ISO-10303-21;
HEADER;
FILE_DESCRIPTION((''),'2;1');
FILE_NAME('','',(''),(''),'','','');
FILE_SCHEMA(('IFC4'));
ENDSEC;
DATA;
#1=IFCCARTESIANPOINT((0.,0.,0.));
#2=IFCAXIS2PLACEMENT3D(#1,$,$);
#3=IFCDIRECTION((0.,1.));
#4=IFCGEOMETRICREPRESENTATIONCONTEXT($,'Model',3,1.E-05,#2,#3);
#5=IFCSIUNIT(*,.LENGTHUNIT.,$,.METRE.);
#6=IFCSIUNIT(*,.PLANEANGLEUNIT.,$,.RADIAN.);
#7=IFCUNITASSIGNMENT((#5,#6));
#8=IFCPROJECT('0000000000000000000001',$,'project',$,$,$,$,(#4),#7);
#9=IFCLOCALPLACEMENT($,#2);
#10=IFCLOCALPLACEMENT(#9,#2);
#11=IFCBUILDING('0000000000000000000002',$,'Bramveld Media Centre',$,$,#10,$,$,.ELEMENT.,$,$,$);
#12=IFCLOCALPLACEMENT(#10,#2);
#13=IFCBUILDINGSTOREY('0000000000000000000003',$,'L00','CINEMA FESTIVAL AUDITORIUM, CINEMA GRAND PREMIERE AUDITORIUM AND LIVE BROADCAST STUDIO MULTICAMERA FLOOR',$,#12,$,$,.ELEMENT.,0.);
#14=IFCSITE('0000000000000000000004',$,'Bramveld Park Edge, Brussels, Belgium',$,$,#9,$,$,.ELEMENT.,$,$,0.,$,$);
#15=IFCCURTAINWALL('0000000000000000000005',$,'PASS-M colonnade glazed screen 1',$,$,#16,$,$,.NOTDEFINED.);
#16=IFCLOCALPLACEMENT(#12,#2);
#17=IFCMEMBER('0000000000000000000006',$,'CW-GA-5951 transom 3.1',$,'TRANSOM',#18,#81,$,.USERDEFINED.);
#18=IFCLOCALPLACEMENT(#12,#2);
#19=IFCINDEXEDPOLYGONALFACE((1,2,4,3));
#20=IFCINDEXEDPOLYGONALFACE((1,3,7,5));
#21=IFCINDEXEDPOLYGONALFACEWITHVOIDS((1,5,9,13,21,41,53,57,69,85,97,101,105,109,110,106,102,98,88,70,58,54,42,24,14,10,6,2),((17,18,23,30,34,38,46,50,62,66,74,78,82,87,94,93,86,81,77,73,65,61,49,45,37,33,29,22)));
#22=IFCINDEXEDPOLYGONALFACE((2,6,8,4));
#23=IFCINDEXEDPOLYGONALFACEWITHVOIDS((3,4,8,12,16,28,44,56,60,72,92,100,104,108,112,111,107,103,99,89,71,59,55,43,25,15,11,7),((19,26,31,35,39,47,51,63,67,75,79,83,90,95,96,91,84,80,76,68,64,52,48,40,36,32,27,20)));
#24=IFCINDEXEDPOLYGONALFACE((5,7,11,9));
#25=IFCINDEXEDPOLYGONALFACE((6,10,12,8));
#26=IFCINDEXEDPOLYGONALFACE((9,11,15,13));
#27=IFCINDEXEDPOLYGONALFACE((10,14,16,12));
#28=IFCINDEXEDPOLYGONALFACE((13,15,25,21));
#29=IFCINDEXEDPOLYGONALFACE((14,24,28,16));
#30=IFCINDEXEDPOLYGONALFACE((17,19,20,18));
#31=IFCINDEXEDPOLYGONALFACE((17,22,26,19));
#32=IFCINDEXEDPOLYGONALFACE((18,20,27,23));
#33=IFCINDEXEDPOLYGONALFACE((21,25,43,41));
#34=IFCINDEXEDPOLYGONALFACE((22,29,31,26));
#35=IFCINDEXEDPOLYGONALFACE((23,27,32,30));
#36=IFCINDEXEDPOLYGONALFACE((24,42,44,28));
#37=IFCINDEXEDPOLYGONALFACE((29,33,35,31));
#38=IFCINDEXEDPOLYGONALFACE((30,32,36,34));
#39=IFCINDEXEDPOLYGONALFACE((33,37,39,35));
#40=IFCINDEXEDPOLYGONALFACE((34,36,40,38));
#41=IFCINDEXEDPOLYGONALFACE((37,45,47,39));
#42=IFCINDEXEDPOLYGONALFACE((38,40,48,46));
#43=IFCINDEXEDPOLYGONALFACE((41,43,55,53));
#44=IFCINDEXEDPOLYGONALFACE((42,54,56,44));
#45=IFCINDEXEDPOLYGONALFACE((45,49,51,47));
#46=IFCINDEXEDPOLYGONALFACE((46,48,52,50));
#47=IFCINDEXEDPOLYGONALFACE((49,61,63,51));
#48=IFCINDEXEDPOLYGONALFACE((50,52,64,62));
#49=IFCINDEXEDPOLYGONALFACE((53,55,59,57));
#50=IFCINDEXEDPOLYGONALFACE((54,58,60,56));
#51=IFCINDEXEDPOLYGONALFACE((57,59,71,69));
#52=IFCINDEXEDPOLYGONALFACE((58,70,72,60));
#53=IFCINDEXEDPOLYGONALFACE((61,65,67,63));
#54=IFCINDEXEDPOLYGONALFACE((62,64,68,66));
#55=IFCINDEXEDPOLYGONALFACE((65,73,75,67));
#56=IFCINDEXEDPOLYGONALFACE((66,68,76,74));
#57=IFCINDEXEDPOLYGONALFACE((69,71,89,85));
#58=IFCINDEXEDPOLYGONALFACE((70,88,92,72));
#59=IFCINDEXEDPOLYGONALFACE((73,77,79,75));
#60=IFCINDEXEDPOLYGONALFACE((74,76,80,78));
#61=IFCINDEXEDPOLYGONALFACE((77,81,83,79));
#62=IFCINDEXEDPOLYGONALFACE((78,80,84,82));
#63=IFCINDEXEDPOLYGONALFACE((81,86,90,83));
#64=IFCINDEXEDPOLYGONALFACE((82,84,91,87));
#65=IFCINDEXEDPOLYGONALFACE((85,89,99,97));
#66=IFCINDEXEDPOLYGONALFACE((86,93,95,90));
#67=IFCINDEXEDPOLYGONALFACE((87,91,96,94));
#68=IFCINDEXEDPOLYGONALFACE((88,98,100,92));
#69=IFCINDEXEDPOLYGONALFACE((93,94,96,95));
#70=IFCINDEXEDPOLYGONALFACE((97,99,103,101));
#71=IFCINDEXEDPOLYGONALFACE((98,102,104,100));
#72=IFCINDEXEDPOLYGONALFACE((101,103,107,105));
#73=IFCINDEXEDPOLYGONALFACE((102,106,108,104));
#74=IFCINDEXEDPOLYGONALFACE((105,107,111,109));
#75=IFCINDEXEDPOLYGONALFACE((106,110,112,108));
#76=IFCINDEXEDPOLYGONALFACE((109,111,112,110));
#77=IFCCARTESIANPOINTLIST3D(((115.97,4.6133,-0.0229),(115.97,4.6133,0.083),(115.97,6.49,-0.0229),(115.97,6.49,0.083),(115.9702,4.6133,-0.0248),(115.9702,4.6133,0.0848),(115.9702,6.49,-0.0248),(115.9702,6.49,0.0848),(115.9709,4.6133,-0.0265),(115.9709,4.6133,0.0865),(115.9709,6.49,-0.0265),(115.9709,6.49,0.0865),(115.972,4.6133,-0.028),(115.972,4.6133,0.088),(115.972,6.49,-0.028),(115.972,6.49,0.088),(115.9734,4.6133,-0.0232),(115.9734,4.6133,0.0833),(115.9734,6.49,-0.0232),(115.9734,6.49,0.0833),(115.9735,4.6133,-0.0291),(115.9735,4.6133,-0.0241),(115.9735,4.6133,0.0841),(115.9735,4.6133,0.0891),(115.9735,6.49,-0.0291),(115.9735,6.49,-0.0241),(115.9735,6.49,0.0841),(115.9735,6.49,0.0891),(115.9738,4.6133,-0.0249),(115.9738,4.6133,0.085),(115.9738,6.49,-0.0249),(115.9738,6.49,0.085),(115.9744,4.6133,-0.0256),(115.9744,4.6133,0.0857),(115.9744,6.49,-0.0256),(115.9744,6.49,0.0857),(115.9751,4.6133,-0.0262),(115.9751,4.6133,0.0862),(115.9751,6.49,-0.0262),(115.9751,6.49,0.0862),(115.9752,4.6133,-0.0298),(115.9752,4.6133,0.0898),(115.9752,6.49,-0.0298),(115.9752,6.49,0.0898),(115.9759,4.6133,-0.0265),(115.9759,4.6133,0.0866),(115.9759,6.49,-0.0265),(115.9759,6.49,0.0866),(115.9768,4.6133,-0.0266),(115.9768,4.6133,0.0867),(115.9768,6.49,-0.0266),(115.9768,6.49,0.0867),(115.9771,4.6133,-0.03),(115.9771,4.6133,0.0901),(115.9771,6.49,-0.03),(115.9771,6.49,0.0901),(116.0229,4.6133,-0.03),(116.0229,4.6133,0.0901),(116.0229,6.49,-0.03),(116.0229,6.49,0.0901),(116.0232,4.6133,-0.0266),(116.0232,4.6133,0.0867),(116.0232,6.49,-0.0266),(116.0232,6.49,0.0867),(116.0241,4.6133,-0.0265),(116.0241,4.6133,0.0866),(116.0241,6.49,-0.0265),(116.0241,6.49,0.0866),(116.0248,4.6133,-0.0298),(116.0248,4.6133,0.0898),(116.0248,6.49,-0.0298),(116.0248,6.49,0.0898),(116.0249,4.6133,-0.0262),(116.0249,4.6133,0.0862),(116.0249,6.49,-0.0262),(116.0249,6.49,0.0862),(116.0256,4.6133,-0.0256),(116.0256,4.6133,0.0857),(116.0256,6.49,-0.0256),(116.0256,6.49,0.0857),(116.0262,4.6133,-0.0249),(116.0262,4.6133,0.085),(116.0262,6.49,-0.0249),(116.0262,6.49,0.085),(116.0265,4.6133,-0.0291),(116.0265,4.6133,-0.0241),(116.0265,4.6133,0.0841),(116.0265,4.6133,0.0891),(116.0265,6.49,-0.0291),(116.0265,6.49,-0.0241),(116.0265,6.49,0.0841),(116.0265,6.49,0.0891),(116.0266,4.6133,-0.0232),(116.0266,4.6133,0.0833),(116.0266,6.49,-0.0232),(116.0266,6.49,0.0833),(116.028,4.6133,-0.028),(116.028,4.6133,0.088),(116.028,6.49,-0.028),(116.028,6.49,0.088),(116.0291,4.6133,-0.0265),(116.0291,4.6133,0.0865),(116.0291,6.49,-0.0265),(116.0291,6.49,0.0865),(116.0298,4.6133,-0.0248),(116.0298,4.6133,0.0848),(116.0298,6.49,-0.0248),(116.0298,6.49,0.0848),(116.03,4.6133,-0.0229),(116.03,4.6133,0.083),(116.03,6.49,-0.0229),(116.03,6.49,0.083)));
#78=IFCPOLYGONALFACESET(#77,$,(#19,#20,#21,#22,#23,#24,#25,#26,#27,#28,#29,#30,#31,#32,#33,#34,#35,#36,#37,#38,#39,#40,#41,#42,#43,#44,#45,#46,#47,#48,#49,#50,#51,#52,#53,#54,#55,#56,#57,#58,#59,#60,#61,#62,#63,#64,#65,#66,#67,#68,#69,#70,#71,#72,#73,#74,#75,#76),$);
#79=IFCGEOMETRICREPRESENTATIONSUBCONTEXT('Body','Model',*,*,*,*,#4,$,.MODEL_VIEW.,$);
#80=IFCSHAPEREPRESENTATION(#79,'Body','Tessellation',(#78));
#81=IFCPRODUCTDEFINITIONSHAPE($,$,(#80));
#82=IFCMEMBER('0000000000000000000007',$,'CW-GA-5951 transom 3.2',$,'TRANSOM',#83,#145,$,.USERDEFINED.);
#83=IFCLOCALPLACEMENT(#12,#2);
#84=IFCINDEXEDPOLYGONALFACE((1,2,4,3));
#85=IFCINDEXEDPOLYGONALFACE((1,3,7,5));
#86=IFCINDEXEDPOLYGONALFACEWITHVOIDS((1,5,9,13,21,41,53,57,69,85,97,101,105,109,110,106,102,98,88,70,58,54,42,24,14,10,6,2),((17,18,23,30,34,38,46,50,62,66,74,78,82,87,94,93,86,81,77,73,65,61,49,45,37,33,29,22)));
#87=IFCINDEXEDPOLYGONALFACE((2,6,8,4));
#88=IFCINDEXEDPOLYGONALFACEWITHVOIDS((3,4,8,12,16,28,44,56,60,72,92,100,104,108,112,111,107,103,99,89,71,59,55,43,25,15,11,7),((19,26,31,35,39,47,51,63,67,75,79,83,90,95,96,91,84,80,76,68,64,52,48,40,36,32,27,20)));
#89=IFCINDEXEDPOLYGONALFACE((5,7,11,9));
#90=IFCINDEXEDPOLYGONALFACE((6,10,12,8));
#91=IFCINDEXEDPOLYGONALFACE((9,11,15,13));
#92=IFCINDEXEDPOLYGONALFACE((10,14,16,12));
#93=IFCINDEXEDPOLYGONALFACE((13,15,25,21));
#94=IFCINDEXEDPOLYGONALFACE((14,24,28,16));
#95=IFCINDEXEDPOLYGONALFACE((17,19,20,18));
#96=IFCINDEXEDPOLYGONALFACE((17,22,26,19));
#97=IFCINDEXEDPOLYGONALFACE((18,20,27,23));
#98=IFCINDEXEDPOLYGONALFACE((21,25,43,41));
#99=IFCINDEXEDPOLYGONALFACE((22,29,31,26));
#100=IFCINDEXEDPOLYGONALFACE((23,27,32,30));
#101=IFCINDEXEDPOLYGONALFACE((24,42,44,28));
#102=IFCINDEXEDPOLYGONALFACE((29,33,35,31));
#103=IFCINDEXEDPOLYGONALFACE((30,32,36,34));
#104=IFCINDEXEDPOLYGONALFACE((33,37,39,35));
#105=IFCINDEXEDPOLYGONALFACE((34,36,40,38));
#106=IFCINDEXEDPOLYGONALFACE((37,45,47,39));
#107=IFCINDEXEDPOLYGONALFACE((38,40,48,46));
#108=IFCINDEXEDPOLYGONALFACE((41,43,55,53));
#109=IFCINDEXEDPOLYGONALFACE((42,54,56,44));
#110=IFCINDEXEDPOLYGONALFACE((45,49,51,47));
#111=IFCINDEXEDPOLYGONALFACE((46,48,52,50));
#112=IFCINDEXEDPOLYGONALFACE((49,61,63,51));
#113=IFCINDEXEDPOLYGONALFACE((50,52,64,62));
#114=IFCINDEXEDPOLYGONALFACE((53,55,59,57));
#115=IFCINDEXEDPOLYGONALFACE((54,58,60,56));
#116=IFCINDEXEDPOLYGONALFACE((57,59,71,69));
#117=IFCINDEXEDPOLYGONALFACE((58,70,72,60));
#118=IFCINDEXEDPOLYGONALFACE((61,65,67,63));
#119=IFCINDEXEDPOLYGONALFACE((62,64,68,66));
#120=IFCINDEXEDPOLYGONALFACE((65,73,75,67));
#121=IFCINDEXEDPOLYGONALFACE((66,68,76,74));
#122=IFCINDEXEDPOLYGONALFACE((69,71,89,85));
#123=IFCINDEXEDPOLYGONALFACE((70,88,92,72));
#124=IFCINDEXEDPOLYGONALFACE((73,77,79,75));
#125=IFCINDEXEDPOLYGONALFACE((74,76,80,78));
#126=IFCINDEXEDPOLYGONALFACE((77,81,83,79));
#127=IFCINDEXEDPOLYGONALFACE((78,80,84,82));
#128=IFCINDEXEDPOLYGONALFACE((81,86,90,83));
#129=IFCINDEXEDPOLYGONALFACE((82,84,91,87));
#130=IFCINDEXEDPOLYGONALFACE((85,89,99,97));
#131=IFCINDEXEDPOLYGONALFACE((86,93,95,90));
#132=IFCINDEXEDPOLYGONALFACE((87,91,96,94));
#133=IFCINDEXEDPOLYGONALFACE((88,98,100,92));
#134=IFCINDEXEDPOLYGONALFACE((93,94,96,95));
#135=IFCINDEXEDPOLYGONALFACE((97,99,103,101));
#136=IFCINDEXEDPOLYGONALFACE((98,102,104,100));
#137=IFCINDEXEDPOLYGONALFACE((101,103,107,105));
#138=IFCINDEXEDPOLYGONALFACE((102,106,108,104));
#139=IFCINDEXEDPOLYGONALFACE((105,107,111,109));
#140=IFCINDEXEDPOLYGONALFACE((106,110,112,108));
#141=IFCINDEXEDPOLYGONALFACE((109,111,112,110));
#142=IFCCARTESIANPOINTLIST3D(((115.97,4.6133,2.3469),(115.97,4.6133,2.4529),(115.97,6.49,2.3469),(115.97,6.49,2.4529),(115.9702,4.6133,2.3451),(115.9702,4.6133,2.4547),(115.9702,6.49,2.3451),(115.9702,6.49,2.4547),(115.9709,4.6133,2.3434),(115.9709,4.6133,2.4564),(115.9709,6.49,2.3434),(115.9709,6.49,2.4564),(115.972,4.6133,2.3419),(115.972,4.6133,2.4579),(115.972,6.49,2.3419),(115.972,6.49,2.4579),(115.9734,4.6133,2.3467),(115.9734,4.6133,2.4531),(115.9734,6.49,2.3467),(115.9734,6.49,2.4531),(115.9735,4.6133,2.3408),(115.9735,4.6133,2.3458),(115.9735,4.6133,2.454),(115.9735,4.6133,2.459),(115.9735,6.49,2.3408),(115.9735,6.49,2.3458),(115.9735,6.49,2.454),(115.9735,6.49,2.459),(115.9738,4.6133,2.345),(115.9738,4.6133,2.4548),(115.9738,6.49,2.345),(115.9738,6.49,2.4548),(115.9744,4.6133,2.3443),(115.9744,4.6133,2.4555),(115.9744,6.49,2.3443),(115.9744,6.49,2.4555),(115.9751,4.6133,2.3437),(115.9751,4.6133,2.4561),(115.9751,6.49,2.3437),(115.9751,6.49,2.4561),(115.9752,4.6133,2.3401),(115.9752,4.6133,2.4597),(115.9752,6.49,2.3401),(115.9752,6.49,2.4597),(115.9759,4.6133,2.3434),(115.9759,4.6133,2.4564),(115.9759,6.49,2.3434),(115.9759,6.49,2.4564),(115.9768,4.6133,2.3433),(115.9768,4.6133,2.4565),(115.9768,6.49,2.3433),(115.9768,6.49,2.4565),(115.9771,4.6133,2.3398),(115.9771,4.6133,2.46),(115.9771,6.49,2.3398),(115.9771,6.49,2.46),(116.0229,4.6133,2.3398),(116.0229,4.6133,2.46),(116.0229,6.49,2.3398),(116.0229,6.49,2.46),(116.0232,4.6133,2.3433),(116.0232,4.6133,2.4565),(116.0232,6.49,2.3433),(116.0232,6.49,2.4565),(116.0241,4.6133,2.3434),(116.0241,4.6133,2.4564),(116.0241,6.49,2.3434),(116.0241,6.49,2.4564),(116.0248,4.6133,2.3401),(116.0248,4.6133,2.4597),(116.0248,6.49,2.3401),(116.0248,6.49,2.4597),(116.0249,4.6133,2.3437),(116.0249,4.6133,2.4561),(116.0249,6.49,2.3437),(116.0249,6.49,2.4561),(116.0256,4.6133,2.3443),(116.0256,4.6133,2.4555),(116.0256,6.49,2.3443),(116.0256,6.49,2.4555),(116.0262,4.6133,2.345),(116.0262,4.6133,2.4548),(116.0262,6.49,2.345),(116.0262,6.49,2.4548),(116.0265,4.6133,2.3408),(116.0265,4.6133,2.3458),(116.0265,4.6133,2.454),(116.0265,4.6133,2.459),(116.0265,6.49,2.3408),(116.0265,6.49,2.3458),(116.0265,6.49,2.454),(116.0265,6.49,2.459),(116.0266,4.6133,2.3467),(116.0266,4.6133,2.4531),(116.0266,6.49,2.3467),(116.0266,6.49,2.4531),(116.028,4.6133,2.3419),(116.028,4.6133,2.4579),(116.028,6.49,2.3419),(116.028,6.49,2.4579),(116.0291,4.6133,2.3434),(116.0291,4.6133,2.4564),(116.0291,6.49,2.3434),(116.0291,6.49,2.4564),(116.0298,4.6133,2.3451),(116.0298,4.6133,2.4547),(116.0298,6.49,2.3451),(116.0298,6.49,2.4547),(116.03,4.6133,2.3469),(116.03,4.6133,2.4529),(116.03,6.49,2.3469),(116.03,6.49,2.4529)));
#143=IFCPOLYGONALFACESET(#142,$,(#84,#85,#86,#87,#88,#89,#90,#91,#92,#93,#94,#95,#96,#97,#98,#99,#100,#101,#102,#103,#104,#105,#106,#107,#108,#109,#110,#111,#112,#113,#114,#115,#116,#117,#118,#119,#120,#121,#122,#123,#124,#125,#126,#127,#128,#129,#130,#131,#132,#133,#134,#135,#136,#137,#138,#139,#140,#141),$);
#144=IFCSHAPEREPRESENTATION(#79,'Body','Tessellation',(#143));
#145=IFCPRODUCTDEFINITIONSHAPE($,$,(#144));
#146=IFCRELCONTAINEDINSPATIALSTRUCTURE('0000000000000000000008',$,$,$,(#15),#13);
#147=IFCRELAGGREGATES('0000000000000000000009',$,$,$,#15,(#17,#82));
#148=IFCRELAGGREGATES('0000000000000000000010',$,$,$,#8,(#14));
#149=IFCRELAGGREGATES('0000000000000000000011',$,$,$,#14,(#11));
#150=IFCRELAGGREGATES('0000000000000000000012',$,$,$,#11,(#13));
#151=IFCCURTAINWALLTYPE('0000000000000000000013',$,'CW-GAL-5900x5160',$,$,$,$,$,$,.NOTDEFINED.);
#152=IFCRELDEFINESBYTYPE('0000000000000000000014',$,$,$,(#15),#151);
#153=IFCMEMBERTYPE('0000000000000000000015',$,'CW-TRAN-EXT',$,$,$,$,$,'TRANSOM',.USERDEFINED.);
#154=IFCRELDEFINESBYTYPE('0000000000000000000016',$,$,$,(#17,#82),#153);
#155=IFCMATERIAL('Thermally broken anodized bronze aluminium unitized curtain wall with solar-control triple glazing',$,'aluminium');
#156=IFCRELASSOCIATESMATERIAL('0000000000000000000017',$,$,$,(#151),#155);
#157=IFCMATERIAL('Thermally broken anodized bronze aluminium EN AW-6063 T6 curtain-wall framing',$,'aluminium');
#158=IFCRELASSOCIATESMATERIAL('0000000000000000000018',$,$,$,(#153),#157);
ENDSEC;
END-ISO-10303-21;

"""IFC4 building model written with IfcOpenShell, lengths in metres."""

from ifc_helpers import new_model, si_unit, direction, frame, origin, origin_2d, place, context, subcontext, project, spatial, hollow_rectangle, extrude, material, material_profile, profile_set, type_object, element, aggregate, save


model = new_model("IFC4")

# Units and contexts
model_context = context("Model", 3, precision=1e-05, world=origin(), true_north=direction((0.0, 1.0)))
body_context = subcontext(model_context, "Body", "Model", "MODEL_VIEW")
ifc_project = project(units=[si_unit("LENGTHUNIT", "METRE"), si_unit("PLANEANGLEUNIT", "RADIAN")], contexts=[model_context])

# Site, building, storey
site_placement = place(None, origin())
site = spatial("IfcSite", under=ifc_project, at=site_placement, Name="Bramveld Park Edge, Brussels, Belgium", CompositionType="ELEMENT", RefElevation=0.0)
building_placement = place(site_placement, origin())
building = spatial("IfcBuilding", under=site, at=building_placement, Name="Bramveld Media Centre", CompositionType="ELEMENT")
storey_placement = place(building_placement, origin())
storey = spatial("IfcBuildingStorey", under=building, at=storey_placement, Name="L00", Description="CINEMA FESTIVAL AUDITORIUM, CINEMA GRAND PREMIERE AUDITORIUM AND LIVE BROADCAST STUDIO MULTICAMERA FLOOR", CompositionType="ELEMENT", Elevation=0.0)

# Curtain wall
ifc_material_1 = material(Name="Thermally broken anodized bronze aluminium unitized curtain wall with solar-control triple glazing", Category="aluminium")
curtain_wall_type = type_object("IfcCurtainWallType", Name="CW-GAL-5900x5160", PredefinedType="NOTDEFINED", material=ifc_material_1)
curtain_wall_1_placement = place(storey_placement, origin())
curtain_wall_1 = element("IfcCurtainWall", 1, at=curtain_wall_1_placement, inside=storey, type_object=curtain_wall_type, Name="PASS-M colonnade glazed screen 1", PredefinedType="NOTDEFINED")

# Members
ifc_material_2 = material(Name="Thermally broken anodized bronze aluminium EN AW-6063 T6 curtain-wall framing", Category="aluminium")
ifc_material_profile_1 = material_profile(ifc_material_2, hollow_rectangle(XDim=0.0601, YDim=0.1201, WallThickness=0.0034, InnerFilletRadius=0.0034, OuterFilletRadius=0.0071, at=origin_2d()), Name="AL-TRAN 60x120")
ifc_profile_set_1 = profile_set([ifc_material_profile_1], Name="Thermally broken anodized bronze aluminium EN AW-6063 T6 curtain-wall framing")
member_type_1 = type_object("IfcMemberType", Name="CW-TRAN-EXT", ElementType="TRANSOM", PredefinedType="USERDEFINED", material=ifc_profile_set_1)
member_1_placement = place(storey_placement, frame((116.0, 4.6133, 0.03), z_axis=(0.0, 1.0, 0.0), x_axis=(-1.0, 0.0, 0.0)))
member_1 = element("IfcMember", 2, at=member_1_placement, type_object=member_type_1, Name="CW-GA-5951 transom 3.1", ObjectType="TRANSOM", PredefinedType="USERDEFINED", context=body_context, shape_type="SweptSolid", body=[
    extrude(hollow_rectangle(XDim=0.0601, YDim=0.1201, WallThickness=0.0034, InnerFilletRadius=0.0034, OuterFilletRadius=0.0071, at=origin_2d()), origin(), (0.0, 0.0, 1.0), 1.8767),
])
member_2_placement = place(storey_placement, frame((116.0, 4.6133, 2.3999), z_axis=(0.0, 1.0, 0.0), x_axis=(-1.0, 0.0, 0.0)))
member_2 = element("IfcMember", 3, at=member_2_placement, type_object=member_type_1, Name="CW-GA-5951 transom 3.2", ObjectType="TRANSOM", PredefinedType="USERDEFINED", context=body_context, shape_type="SweptSolid", body=[
    extrude(hollow_rectangle(XDim=0.0601, YDim=0.1201, WallThickness=0.0034, InnerFilletRadius=0.0034, OuterFilletRadius=0.0071, at=origin_2d()), origin(), (0.0, 0.0, 1.0), 1.8767),
])

aggregate(curtain_wall_1, [member_1, member_2])

save(model, "model.ifc")
